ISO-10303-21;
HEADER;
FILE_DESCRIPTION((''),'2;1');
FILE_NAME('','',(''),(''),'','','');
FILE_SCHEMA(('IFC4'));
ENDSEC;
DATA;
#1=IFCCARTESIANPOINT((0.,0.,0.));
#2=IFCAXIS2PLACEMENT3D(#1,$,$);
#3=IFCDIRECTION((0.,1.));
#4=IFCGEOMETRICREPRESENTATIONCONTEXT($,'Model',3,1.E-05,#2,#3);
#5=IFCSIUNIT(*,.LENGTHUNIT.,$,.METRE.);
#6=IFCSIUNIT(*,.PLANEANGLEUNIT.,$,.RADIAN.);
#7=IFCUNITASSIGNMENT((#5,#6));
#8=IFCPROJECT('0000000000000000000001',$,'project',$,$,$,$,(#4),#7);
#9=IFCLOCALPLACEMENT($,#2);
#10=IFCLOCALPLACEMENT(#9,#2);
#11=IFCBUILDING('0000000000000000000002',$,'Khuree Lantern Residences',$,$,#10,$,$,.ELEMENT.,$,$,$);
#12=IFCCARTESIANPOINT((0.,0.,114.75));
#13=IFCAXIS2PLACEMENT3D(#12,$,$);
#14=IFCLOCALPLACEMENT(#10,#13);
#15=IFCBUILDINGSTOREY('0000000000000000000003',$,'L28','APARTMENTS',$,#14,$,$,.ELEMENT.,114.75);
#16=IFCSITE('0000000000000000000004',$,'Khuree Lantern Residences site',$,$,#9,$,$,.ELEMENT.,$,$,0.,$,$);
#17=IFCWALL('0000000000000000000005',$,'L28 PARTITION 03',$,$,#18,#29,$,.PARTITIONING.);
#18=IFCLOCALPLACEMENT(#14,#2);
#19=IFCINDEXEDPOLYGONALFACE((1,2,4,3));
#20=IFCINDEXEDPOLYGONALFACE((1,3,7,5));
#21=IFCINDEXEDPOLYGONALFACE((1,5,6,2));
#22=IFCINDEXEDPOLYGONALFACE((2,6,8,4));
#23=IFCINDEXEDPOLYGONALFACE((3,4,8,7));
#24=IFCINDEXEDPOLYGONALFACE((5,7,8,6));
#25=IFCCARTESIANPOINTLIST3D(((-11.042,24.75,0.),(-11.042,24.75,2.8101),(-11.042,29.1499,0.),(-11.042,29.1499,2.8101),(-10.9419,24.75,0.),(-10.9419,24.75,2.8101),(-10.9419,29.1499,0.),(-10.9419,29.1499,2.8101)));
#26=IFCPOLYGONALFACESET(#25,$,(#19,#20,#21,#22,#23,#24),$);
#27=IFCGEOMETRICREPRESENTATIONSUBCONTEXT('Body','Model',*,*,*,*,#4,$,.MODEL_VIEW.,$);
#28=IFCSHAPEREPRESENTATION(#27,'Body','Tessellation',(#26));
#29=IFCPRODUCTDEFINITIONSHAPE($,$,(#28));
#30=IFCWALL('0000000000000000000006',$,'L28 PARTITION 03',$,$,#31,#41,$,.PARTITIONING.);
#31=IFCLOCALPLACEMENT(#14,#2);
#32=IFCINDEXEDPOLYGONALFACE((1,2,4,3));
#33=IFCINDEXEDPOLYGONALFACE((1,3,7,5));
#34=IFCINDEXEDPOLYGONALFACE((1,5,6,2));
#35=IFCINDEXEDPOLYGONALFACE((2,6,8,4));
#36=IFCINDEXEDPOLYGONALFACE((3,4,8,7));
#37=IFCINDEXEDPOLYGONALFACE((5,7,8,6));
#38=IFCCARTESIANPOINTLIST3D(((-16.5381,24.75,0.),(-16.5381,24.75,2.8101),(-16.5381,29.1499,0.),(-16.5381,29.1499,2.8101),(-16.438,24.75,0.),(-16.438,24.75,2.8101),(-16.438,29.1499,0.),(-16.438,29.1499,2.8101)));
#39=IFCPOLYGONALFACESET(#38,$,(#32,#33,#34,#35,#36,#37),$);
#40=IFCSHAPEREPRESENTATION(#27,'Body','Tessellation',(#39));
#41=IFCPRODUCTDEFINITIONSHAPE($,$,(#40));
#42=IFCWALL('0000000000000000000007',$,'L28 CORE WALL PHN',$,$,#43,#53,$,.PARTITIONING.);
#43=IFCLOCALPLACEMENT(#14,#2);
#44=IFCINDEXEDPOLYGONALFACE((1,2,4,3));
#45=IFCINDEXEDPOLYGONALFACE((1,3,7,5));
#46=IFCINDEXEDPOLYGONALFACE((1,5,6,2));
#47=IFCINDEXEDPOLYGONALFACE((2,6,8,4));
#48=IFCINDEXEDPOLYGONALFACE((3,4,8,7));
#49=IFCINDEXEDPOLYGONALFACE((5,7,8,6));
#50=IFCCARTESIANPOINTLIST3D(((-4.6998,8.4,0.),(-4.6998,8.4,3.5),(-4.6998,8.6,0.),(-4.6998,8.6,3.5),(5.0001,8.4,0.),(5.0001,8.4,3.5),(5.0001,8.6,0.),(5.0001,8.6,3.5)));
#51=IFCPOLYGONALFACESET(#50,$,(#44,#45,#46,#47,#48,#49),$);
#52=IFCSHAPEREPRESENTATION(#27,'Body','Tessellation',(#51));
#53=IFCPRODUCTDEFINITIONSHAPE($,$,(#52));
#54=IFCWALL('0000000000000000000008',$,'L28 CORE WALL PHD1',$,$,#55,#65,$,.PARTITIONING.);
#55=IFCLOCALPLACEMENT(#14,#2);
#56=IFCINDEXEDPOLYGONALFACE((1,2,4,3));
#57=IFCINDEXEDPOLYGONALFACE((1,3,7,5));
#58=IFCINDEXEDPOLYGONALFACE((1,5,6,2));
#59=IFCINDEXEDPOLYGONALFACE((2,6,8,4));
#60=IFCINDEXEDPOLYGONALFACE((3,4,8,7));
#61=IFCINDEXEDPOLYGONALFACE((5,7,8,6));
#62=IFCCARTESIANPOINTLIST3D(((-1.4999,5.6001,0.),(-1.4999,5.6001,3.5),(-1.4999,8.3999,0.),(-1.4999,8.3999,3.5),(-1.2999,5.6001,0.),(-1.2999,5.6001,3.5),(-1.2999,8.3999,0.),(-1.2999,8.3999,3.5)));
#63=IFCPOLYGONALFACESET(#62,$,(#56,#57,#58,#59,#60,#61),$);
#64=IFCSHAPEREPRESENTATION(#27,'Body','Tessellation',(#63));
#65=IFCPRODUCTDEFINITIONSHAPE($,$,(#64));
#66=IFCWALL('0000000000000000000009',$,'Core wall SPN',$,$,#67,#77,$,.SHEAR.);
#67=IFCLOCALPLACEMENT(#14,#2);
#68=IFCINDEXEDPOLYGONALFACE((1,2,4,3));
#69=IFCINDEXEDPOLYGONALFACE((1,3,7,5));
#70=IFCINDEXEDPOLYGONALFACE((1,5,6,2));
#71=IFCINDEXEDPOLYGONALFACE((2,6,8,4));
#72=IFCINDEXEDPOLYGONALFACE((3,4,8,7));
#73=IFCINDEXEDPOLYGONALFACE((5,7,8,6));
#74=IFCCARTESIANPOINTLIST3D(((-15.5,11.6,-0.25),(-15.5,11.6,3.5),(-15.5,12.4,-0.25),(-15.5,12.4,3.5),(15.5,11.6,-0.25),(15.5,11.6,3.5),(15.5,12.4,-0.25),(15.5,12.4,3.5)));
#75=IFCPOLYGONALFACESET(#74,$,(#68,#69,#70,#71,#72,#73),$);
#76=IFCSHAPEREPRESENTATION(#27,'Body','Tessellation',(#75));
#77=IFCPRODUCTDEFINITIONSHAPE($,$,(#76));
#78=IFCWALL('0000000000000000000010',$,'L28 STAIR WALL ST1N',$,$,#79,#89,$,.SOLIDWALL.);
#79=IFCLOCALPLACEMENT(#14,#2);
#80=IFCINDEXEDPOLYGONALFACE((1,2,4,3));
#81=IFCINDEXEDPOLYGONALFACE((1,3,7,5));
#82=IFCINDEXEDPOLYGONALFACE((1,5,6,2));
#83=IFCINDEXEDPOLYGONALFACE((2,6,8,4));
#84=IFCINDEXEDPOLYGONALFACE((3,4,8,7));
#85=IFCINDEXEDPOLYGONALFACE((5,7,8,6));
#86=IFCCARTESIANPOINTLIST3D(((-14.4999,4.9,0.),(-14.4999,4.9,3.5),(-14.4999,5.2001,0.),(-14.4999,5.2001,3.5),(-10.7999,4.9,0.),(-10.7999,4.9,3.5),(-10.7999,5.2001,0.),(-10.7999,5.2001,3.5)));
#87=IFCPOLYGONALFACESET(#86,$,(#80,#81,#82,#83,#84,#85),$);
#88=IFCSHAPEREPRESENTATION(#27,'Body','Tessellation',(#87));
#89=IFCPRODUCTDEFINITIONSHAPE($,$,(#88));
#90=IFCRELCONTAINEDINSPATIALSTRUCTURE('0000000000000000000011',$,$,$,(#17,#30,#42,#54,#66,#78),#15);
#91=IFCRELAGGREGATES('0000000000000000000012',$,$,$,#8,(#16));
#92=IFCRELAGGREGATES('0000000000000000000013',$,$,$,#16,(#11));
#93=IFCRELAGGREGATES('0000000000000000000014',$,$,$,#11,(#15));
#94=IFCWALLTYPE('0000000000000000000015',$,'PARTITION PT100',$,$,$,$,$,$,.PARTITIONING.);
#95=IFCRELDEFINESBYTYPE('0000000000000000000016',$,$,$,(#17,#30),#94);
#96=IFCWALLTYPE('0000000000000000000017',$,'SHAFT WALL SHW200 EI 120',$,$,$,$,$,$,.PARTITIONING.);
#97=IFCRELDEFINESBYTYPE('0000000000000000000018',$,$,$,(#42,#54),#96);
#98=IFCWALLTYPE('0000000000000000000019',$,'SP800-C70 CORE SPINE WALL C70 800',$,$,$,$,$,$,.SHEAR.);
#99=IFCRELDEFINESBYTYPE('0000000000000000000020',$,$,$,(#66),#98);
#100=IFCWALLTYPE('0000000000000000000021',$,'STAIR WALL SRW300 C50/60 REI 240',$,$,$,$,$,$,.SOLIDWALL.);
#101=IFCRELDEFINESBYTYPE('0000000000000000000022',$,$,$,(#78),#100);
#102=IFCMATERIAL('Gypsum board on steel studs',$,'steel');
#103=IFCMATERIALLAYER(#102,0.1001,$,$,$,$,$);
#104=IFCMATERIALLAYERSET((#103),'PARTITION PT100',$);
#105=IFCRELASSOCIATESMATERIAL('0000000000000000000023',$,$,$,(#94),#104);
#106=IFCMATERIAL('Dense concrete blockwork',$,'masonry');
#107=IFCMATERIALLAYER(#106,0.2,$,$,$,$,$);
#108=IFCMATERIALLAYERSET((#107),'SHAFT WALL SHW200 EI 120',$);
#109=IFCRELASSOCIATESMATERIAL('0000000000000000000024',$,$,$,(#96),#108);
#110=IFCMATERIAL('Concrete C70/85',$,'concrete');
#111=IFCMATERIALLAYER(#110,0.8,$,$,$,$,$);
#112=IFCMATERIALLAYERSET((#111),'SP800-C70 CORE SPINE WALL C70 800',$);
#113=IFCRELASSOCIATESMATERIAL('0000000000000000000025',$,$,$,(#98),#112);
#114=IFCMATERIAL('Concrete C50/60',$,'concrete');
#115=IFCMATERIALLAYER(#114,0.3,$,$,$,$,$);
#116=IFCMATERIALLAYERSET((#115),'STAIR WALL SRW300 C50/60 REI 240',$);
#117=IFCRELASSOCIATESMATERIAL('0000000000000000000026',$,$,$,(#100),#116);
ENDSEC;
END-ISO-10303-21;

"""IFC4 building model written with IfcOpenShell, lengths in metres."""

from ifc_helpers import new_model, si_unit, direction, frame, frame_2d, origin, place, context, subcontext, project, spatial, rectangle, extrude, material, layer, layer_set, type_object, element, save


model = new_model("IFC4")

# Units and contexts
model_context = context("Model", 3, precision=1e-05, world=origin(), true_north=direction((0.0, 1.0)))
body_context = subcontext(model_context, "Body", "Model", "MODEL_VIEW")
ifc_project = project(units=[si_unit("LENGTHUNIT", "METRE"), si_unit("PLANEANGLEUNIT", "RADIAN")], contexts=[model_context])

# Site, building, storey
site_placement = place(None, origin())
site = spatial("IfcSite", under=ifc_project, at=site_placement, Name="Khuree Lantern Residences site", CompositionType="ELEMENT", RefElevation=0.0)
building_placement = place(site_placement, origin())
building = spatial("IfcBuilding", under=site, at=building_placement, Name="Khuree Lantern Residences", CompositionType="ELEMENT")
storey_placement = place(building_placement, frame((0.0, 0.0, 114.75)))
storey = spatial("IfcBuildingStorey", under=building, at=storey_placement, Name="L28", Description="APARTMENTS", CompositionType="ELEMENT", Elevation=114.75)

# Shared definitions
ifc_material_1 = material(Name="Concrete C70/85", Category="concrete")

# Shared definitions
ifc_material_2 = material(Name="Dense concrete blockwork", Category="masonry")

# Shared definitions
ifc_material_3 = material(Name="Gypsum board on steel studs", Category="steel")

# Walls
ifc_layer_1 = layer(ifc_material_3, 0.1001)
ifc_layer_set_1 = layer_set([ifc_layer_1], Name="PARTITION PT100")
wall_type_1 = type_object("IfcWallType", Name="PARTITION PT100", PredefinedType="PARTITIONING", material=ifc_layer_set_1)
for number, where, z_axis, x_axis, name in (
    (1, (-10.9919, 24.75, 0.0), (0.0, 0.0, 1.0), (0.0, 1.0, 0.0), "L28 PARTITION 03"),
    (2, (-16.488, 24.75, 0.0), (0.0, 0.0, 1.0), (0.0, 1.0, 0.0), "L28 PARTITION 03"),
):
    element("IfcWall", number, at=place(storey_placement, frame(where, z_axis=z_axis, x_axis=x_axis)), inside=storey, type_object=wall_type_1, Name=name, PredefinedType="PARTITIONING", context=body_context, shape_type="SweptSolid", body=[
        extrude(rectangle(XDim=4.3999, YDim=0.1001, at=frame_2d((2.2, 0.0))), origin(), (0.0, 0.0, 1.0), 2.8101),
    ])
ifc_layer_2 = layer(ifc_material_2, 0.2)
ifc_layer_set_2 = layer_set([ifc_layer_2], Name="SHAFT WALL SHW200 EI 120")
wall_type_2 = type_object("IfcWallType", Name="SHAFT WALL SHW200 EI 120", PredefinedType="PARTITIONING", material=ifc_layer_set_2)
wall_1_placement = place(storey_placement, frame((-4.7, 8.5, 0.0), z_axis=(0.0, 0.0, 1.0), x_axis=(1.0, 0.0, 0.0)))
element("IfcWall", 3, at=wall_1_placement, inside=storey, type_object=wall_type_2, Name="L28 CORE WALL PHN", PredefinedType="PARTITIONING", context=body_context, shape_type="SweptSolid", body=[
    extrude(rectangle(XDim=9.7, YDim=0.2, at=frame_2d((4.8501, 0.0))), origin(), (0.0, 0.0, 1.0), 3.5),
])
wall_2_placement = place(storey_placement, frame((-1.3999, 5.6001, 0.0), z_axis=(0.0, 0.0, 1.0), x_axis=(0.0, 1.0, 0.0)))
element("IfcWall", 4, at=wall_2_placement, inside=storey, type_object=wall_type_2, Name="L28 CORE WALL PHD1", PredefinedType="PARTITIONING", context=body_context, shape_type="SweptSolid", body=[
    extrude(rectangle(XDim=2.7998, YDim=0.2, at=frame_2d((1.3999, 0.0))), origin(), (0.0, 0.0, 1.0), 3.5),
])
ifc_layer_3 = layer(ifc_material_1, 0.8)
ifc_layer_set_3 = layer_set([ifc_layer_3], Name="SP800-C70 CORE SPINE WALL C70 800")
wall_type_3 = type_object("IfcWallType", Name="SP800-C70 CORE SPINE WALL C70 800", PredefinedType="SHEAR", material=ifc_layer_set_3)
wall_3_placement = place(storey_placement, frame((-15.5, 12.0, -0.25), z_axis=(0.0, 0.0, 1.0), x_axis=(1.0, 0.0, 0.0)))
element("IfcWall", 5, at=wall_3_placement, inside=storey, type_object=wall_type_3, Name="Core wall SPN", PredefinedType="SHEAR", context=body_context, shape_type="SweptSolid", body=[
    extrude(rectangle(XDim=31.0, YDim=0.8, at=frame_2d((15.5, 0.0))), origin(), (0.0, 0.0, 1.0), 3.75),
])
ifc_material_4 = material(Name="Concrete C50/60", Category="concrete")
ifc_layer_4 = layer(ifc_material_4, 0.3)
ifc_layer_set_4 = layer_set([ifc_layer_4], Name="STAIR WALL SRW300 C50/60 REI 240")
wall_type_4 = type_object("IfcWallType", Name="STAIR WALL SRW300 C50/60 REI 240", PredefinedType="SOLIDWALL", material=ifc_layer_set_4)
wall_4_placement = place(storey_placement, frame((-14.5, 5.05, 0.0), z_axis=(0.0, 0.0, 1.0), x_axis=(1.0, 0.0, 0.0)))
element("IfcWall", 6, at=wall_4_placement, inside=storey, type_object=wall_type_4, Name="L28 STAIR WALL ST1N", PredefinedType="SOLIDWALL", context=body_context, shape_type="SweptSolid", body=[
    extrude(rectangle(XDim=3.7, YDim=0.3, at=frame_2d((1.8501, 0.0))), origin(), (0.0, 0.0, 1.0), 3.5),
])

save(model, "model.ifc")
